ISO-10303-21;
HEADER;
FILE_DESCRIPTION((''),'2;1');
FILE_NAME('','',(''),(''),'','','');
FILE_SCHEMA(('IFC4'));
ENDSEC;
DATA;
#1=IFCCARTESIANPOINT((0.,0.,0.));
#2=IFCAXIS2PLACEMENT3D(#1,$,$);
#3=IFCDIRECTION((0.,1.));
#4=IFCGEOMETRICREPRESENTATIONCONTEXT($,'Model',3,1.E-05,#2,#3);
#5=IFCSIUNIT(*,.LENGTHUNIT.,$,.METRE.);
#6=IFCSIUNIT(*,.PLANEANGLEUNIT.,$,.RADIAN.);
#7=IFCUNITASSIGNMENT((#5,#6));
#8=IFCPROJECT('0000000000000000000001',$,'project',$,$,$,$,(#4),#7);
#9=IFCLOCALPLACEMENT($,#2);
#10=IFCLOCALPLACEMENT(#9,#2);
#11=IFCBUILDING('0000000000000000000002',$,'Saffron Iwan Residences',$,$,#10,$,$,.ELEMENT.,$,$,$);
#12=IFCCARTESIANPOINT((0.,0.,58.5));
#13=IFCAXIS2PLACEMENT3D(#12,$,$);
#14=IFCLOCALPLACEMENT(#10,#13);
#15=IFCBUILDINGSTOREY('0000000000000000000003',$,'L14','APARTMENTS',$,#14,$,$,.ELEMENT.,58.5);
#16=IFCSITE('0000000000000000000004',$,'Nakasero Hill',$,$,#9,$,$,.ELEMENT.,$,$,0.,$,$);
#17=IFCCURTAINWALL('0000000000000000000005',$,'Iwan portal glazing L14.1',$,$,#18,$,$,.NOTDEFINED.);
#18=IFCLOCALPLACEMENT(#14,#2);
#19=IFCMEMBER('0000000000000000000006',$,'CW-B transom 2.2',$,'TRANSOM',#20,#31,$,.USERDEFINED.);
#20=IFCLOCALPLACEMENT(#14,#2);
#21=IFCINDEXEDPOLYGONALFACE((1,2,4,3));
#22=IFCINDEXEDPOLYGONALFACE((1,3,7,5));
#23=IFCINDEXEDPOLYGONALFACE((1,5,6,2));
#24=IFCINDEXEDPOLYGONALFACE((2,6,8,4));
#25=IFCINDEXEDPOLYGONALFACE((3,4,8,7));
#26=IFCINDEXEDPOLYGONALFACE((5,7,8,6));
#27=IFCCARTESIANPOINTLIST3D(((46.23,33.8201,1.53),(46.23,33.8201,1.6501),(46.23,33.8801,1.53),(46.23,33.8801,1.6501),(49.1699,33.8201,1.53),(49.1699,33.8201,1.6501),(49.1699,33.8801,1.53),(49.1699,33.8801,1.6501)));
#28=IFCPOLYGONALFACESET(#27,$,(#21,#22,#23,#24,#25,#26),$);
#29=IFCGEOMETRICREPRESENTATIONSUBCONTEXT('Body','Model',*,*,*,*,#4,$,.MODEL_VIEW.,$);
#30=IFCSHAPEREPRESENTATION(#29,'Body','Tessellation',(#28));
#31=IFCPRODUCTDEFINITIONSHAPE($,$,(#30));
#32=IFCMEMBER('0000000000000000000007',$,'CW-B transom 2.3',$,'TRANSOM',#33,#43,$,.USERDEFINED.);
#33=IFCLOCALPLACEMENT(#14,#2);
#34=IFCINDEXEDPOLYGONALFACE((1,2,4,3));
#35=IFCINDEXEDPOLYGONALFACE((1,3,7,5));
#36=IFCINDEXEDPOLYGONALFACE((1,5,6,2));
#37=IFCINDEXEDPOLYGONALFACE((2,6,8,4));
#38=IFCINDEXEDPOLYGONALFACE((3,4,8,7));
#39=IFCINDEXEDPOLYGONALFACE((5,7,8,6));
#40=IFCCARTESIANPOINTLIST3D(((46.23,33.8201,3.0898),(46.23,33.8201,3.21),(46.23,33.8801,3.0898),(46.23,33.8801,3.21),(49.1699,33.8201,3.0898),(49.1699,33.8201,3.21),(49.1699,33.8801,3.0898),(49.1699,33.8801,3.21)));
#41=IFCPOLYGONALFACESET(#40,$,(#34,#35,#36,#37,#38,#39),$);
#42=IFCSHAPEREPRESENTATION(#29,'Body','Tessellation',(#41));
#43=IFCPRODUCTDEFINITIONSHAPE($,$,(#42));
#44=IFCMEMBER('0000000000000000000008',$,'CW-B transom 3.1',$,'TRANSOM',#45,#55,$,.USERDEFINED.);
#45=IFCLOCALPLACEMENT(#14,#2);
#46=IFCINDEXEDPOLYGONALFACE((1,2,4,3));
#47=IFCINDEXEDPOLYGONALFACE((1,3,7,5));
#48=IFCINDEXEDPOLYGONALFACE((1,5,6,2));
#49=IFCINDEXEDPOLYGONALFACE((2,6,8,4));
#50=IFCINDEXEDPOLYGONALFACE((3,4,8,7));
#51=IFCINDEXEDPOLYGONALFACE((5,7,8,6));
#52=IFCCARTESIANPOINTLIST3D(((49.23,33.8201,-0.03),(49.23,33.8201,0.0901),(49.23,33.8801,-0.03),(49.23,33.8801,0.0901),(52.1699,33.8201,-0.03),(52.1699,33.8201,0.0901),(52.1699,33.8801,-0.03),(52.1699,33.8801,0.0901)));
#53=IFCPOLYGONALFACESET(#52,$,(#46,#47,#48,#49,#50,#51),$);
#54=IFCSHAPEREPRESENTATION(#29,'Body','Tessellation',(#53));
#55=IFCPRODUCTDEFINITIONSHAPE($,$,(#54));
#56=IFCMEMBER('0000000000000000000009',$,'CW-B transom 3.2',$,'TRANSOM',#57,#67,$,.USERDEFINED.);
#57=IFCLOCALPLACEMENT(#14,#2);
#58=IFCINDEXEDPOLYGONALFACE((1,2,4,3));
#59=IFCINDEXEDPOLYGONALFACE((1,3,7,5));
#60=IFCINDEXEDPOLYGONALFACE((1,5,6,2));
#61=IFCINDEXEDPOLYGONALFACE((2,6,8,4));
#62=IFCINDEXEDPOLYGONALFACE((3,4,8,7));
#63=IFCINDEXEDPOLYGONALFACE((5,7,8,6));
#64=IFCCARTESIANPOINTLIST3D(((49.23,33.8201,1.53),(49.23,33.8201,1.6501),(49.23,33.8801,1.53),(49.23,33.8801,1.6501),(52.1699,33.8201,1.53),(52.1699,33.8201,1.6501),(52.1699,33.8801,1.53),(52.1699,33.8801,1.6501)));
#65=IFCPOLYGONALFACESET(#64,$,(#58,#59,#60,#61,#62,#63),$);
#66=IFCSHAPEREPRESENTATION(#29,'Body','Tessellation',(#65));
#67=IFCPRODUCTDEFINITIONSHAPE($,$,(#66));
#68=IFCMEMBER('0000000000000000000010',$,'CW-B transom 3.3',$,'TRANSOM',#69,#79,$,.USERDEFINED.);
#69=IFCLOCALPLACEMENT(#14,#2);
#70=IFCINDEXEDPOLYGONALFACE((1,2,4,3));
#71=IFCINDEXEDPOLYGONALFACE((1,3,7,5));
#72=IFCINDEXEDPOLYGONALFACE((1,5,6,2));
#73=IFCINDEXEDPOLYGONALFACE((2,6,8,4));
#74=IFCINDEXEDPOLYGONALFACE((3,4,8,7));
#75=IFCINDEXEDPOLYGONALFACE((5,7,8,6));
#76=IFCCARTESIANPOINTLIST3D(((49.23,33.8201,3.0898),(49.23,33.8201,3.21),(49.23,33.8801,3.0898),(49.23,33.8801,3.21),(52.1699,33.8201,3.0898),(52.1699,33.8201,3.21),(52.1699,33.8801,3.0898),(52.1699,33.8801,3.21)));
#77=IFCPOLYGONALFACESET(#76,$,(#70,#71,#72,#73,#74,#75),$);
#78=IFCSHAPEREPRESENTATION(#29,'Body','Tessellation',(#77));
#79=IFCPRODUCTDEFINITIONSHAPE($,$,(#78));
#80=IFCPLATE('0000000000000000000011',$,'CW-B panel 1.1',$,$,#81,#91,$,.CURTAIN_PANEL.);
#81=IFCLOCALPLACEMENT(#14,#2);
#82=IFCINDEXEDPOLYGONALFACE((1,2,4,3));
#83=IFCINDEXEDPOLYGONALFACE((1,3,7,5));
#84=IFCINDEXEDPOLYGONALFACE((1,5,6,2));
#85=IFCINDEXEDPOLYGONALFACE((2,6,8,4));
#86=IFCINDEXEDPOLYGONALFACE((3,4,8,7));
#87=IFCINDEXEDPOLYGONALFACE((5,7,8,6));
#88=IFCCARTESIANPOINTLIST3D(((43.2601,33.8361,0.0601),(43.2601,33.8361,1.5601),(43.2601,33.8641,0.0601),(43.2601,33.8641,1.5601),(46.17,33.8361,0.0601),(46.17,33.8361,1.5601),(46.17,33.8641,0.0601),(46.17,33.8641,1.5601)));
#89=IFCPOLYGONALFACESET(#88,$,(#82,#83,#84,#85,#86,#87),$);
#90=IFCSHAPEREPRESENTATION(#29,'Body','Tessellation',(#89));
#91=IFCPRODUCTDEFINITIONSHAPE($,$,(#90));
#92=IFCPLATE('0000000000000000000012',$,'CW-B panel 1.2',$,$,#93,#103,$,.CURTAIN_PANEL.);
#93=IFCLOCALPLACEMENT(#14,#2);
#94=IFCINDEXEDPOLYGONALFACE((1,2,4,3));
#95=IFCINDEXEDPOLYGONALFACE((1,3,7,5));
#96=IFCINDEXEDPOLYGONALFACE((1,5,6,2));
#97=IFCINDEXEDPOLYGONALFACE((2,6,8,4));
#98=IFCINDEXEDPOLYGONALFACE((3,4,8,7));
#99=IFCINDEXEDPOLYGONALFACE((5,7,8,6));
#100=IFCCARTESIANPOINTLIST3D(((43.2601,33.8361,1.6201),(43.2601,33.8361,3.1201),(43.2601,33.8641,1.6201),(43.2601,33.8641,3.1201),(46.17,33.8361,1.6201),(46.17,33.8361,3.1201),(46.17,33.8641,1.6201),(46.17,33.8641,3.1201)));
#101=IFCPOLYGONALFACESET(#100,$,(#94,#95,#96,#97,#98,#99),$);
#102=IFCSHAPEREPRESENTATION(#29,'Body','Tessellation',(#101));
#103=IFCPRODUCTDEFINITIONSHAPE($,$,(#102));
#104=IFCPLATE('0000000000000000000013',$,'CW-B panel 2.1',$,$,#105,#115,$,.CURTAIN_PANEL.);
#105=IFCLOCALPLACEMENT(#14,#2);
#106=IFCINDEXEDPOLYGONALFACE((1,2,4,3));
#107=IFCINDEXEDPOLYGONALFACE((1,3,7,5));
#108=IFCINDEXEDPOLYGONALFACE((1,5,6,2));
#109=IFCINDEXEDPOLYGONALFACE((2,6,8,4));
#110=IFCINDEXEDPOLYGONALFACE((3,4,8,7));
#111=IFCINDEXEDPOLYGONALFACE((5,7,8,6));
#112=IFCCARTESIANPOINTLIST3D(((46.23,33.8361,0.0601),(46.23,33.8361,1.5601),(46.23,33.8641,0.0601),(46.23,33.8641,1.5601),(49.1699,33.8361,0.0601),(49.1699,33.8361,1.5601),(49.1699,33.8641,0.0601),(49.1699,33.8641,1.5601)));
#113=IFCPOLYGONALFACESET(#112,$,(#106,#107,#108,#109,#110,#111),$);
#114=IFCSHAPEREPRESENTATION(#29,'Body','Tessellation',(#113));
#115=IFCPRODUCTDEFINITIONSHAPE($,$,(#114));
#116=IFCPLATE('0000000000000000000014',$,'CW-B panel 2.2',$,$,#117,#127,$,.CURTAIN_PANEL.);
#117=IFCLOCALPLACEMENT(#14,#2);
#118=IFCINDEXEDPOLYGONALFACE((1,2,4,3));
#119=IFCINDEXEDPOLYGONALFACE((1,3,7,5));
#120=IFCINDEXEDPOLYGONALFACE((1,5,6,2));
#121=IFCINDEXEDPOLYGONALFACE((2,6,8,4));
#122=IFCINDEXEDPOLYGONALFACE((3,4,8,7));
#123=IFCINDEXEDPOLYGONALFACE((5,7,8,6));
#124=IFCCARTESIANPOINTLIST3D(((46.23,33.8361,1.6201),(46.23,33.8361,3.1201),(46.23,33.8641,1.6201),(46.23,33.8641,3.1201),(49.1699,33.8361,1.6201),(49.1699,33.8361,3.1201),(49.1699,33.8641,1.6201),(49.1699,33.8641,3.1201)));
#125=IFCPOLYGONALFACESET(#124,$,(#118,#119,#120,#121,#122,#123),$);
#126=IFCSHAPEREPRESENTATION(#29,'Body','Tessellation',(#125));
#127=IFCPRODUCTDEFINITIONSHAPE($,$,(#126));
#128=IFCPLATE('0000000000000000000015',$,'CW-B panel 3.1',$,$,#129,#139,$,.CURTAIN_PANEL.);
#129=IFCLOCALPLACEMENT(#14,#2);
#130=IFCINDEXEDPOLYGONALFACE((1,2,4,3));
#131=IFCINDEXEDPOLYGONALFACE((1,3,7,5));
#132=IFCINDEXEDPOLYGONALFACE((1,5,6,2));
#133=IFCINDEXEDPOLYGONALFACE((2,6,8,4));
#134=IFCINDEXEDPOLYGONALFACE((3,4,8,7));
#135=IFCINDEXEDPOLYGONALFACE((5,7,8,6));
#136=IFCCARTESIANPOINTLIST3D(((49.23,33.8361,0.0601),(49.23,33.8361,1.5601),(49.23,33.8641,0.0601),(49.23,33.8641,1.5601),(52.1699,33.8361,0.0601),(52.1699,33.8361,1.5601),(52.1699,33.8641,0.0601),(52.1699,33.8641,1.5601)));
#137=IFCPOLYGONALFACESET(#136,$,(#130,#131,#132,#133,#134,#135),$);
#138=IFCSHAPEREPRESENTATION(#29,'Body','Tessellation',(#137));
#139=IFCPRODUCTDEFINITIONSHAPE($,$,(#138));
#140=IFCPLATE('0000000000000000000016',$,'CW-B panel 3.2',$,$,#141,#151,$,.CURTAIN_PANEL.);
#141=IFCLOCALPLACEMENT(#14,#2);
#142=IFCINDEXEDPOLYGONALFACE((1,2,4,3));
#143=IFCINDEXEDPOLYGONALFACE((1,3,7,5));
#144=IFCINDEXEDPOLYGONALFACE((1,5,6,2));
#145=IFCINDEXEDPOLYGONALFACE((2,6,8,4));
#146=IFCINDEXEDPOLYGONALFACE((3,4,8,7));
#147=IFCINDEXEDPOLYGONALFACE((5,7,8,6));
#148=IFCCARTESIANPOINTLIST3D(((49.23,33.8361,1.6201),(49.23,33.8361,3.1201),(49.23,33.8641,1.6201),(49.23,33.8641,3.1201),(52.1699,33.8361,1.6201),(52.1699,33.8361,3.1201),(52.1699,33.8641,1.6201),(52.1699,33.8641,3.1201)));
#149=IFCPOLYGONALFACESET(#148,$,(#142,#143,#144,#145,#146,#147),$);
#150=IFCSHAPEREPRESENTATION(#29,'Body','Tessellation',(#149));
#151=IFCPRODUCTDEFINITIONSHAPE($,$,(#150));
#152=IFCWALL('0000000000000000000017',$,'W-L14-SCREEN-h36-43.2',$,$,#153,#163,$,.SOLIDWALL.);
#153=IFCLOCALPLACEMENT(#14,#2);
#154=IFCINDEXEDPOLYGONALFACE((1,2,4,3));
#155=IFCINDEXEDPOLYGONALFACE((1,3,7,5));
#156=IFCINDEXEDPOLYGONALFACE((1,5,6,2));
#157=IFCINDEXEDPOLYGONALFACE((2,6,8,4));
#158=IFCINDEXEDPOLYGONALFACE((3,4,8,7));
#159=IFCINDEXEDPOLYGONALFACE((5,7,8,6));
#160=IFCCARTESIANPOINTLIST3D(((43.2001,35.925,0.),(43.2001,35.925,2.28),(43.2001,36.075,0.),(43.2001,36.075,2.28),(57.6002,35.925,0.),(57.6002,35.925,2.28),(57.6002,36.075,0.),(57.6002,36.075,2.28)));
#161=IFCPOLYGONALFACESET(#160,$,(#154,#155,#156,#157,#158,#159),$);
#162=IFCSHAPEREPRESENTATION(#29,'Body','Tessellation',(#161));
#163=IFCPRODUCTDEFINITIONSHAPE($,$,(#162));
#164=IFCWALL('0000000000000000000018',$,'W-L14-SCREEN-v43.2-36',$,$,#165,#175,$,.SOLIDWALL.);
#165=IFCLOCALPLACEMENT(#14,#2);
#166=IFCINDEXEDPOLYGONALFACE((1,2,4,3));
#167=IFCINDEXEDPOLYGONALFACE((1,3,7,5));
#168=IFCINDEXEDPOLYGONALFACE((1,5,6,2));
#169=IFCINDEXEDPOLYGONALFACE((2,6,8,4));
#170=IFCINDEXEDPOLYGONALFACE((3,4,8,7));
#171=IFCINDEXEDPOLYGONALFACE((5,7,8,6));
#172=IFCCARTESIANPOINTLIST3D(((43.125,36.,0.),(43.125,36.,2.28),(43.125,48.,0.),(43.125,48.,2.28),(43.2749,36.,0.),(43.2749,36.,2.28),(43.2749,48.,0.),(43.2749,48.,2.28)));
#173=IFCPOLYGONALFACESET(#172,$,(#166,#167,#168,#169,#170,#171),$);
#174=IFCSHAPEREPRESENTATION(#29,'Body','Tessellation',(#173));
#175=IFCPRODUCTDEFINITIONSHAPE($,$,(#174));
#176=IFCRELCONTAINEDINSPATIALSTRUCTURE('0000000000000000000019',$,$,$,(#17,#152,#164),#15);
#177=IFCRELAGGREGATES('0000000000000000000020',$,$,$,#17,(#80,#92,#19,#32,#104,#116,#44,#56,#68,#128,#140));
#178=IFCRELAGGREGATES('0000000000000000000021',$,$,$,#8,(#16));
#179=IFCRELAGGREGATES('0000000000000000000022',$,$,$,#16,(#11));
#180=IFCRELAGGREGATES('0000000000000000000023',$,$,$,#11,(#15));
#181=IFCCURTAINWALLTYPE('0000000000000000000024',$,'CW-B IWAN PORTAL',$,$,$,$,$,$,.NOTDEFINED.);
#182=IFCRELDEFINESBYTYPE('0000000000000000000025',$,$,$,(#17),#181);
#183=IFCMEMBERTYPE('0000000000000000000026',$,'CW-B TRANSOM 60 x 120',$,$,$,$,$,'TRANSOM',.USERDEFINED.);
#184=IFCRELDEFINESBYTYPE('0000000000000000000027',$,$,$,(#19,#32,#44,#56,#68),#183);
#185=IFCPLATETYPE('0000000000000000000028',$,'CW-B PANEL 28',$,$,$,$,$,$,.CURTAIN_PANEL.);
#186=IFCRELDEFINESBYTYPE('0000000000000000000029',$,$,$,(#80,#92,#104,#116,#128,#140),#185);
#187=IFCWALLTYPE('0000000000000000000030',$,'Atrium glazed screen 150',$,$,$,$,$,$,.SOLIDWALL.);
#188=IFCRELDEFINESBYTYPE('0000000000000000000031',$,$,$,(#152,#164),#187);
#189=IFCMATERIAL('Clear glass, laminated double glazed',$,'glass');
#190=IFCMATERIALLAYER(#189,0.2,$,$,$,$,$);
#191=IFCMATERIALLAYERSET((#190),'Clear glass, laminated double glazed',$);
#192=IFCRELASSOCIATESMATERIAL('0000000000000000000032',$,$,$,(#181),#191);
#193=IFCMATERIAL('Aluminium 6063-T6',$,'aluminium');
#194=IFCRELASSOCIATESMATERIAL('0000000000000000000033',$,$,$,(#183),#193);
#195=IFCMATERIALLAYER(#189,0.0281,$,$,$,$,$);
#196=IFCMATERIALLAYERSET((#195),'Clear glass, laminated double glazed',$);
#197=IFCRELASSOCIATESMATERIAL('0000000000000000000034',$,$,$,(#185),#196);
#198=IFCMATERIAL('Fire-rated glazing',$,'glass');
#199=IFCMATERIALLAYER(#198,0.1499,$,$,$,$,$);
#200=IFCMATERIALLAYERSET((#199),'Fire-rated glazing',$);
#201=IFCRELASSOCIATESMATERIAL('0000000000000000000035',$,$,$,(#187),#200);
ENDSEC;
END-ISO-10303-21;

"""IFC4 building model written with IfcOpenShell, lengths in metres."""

from ifc_helpers import new_model, si_unit, direction, frame, frame_2d, origin, origin_2d, place, context, subcontext, project, spatial, rectangle, extrude, source, transform, mapped, material, layer, layer_set, material_profile, profile_set, type_object, element, aggregate, save


model = new_model("IFC4")

# Units and contexts
model_context = context("Model", 3, precision=1e-05, world=origin(), true_north=direction((0.0, 1.0)))
body_context = subcontext(model_context, "Body", "Model", "MODEL_VIEW")
ifc_project = project(units=[si_unit("LENGTHUNIT", "METRE"), si_unit("PLANEANGLEUNIT", "RADIAN")], contexts=[model_context])

# Site, building, storey
site_placement = place(None, origin())
site = spatial("IfcSite", under=ifc_project, at=site_placement, Name="Nakasero Hill", CompositionType="ELEMENT", RefElevation=0.0)
building_placement = place(site_placement, origin())
building = spatial("IfcBuilding", under=site, at=building_placement, Name="Saffron Iwan Residences", CompositionType="ELEMENT")
storey_placement = place(building_placement, frame((0.0, 0.0, 58.5)))
storey = spatial("IfcBuildingStorey", under=building, at=storey_placement, Name="L14", Description="APARTMENTS", CompositionType="ELEMENT", Elevation=58.5)

# Curtain wall, members, plates
ifc_material_1 = material(Name="Clear glass, laminated double glazed", Category="glass")
ifc_layer_1 = layer(ifc_material_1, 0.2)
ifc_layer_set_1 = layer_set([ifc_layer_1], Name="Clear glass, laminated double glazed")
curtain_wall_type = type_object("IfcCurtainWallType", Name="CW-B IWAN PORTAL", PredefinedType="NOTDEFINED", material=ifc_layer_set_1)
curtain_wall_placement = place(storey_placement, origin())
curtain_wall = element("IfcCurtainWall", 1, at=curtain_wall_placement, inside=storey, type_object=curtain_wall_type, Name="Iwan portal glazing L14.1", PredefinedType="NOTDEFINED")
ifc_material_2 = material(Name="Aluminium 6063-T6", Category="aluminium")
ifc_material_profile_1 = material_profile(ifc_material_2, rectangle(XDim=0.0601, YDim=0.1201, at=origin_2d()), Name="CW-B TRANSOM 60 x 120")
ifc_profile_set_1 = profile_set([ifc_material_profile_1], Name="Aluminium 6063-T6")
member_type_1 = type_object("IfcMemberType", Name="CW-B TRANSOM 60 x 120", ElementType="TRANSOM", PredefinedType="USERDEFINED", material=ifc_profile_set_1)
shared_shape_1 = source(origin(), body_context, "Body", "SweptSolid", [
    extrude(rectangle(XDim=0.0601, YDim=0.1201, at=origin_2d()), origin(), (0.0, 0.0, 1.0), 2.9399),
])
member_1_placement = place(storey_placement, frame((46.23, 33.8501, 1.5901), z_axis=(1.0, 0.0, 0.0), x_axis=(0.0, 1.0, 0.0)))
member_1 = element("IfcMember", 2, at=member_1_placement, type_object=member_type_1, Name="CW-B transom 2.2", ObjectType="TRANSOM", PredefinedType="USERDEFINED", context=body_context, shape_type="MappedRepresentation", body=[
    mapped(shared_shape_1, transform((0.0, 0.0, 0.0))),
])
member_2_placement = place(storey_placement, frame((46.23, 33.8501, 3.1499), z_axis=(1.0, 0.0, 0.0), x_axis=(0.0, 1.0, 0.0)))
member_2 = element("IfcMember", 3, at=member_2_placement, type_object=member_type_1, Name="CW-B transom 2.3", ObjectType="TRANSOM", PredefinedType="USERDEFINED", context=body_context, shape_type="MappedRepresentation", body=[
    mapped(shared_shape_1, transform((0.0, 0.0, 0.0))),
])
member_3_placement = place(storey_placement, frame((49.23, 33.8501, 0.03), z_axis=(1.0, 0.0, 0.0), x_axis=(0.0, 1.0, 0.0)))
member_3 = element("IfcMember", 4, at=member_3_placement, type_object=member_type_1, Name="CW-B transom 3.1", ObjectType="TRANSOM", PredefinedType="USERDEFINED", context=body_context, shape_type="MappedRepresentation", body=[
    mapped(shared_shape_1, transform((0.0, 0.0, 0.0))),
])
member_4_placement = place(storey_placement, frame((49.23, 33.8501, 1.5901), z_axis=(1.0, 0.0, 0.0), x_axis=(0.0, 1.0, 0.0)))
member_4 = element("IfcMember", 5, at=member_4_placement, type_object=member_type_1, Name="CW-B transom 3.2", ObjectType="TRANSOM", PredefinedType="USERDEFINED", context=body_context, shape_type="MappedRepresentation", body=[
    mapped(shared_shape_1, transform((0.0, 0.0, 0.0))),
])
member_5_placement = place(storey_placement, frame((49.23, 33.8501, 3.1499), z_axis=(1.0, 0.0, 0.0), x_axis=(0.0, 1.0, 0.0)))
member_5 = element("IfcMember", 6, at=member_5_placement, type_object=member_type_1, Name="CW-B transom 3.3", ObjectType="TRANSOM", PredefinedType="USERDEFINED", context=body_context, shape_type="MappedRepresentation", body=[
    mapped(shared_shape_1, transform((0.0, 0.0, 0.0))),
])
ifc_layer_2 = layer(ifc_material_1, 0.0281)
ifc_layer_set_2 = layer_set([ifc_layer_2], Name="Clear glass, laminated double glazed")
plate_type = type_object("IfcPlateType", Name="CW-B PANEL 28", PredefinedType="CURTAIN_PANEL", material=ifc_layer_set_2)
shared_shape_2 = source(origin(), body_context, "Body", "SweptSolid", [
    extrude(rectangle(XDim=2.9099, YDim=0.0281, at=origin_2d()), origin(), (0.0, 0.0, 1.0), 1.5),
])
plate_1_placement = place(storey_placement, frame((44.7151, 33.8501, 0.0601), z_axis=(0.0, 0.0, 1.0), x_axis=(1.0, 0.0, 0.0)))
plate_1 = element("IfcPlate", 7, at=plate_1_placement, type_object=plate_type, Name="CW-B panel 1.1", PredefinedType="CURTAIN_PANEL", context=body_context, shape_type="MappedRepresentation", body=[
    mapped(shared_shape_2, transform((0.0, 0.0, 0.0))),
])
plate_2_placement = place(storey_placement, frame((44.7151, 33.8501, 1.6201), z_axis=(0.0, 0.0, 1.0), x_axis=(1.0, 0.0, 0.0)))
plate_2 = element("IfcPlate", 8, at=plate_2_placement, type_object=plate_type, Name="CW-B panel 1.2", PredefinedType="CURTAIN_PANEL", context=body_context, shape_type="MappedRepresentation", body=[
    mapped(shared_shape_2, transform((0.0, 0.0, 0.0))),
])
shared_shape_3 = source(origin(), body_context, "Body", "SweptSolid", [
    extrude(rectangle(XDim=2.9399, YDim=0.0281, at=origin_2d()), origin(), (0.0, 0.0, 1.0), 1.5),
])
plate_3_placement = place(storey_placement, frame((47.7, 33.8501, 0.0601), z_axis=(0.0, 0.0, 1.0), x_axis=(1.0, 0.0, 0.0)))
plate_3 = element("IfcPlate", 9, at=plate_3_placement, type_object=plate_type, Name="CW-B panel 2.1", PredefinedType="CURTAIN_PANEL", context=body_context, shape_type="MappedRepresentation", body=[
    mapped(shared_shape_3, transform((0.0, 0.0, 0.0))),
])
plate_4_placement = place(storey_placement, frame((47.7, 33.8501, 1.6201), z_axis=(0.0, 0.0, 1.0), x_axis=(1.0, 0.0, 0.0)))
plate_4 = element("IfcPlate", 10, at=plate_4_placement, type_object=plate_type, Name="CW-B panel 2.2", PredefinedType="CURTAIN_PANEL", context=body_context, shape_type="MappedRepresentation", body=[
    mapped(shared_shape_3, transform((0.0, 0.0, 0.0))),
])
plate_5_placement = place(storey_placement, frame((50.7, 33.8501, 0.0601), z_axis=(0.0, 0.0, 1.0), x_axis=(1.0, 0.0, 0.0)))
plate_5 = element("IfcPlate", 11, at=plate_5_placement, type_object=plate_type, Name="CW-B panel 3.1", PredefinedType="CURTAIN_PANEL", context=body_context, shape_type="MappedRepresentation", body=[
    mapped(shared_shape_3, transform((0.0, 0.0, 0.0))),
])
plate_6_placement = place(storey_placement, frame((50.7, 33.8501, 1.6201), z_axis=(0.0, 0.0, 1.0), x_axis=(1.0, 0.0, 0.0)))
plate_6 = element("IfcPlate", 12, at=plate_6_placement, type_object=plate_type, Name="CW-B panel 3.2", PredefinedType="CURTAIN_PANEL", context=body_context, shape_type="MappedRepresentation", body=[
    mapped(shared_shape_3, transform((0.0, 0.0, 0.0))),
])
aggregate(curtain_wall, [plate_1, plate_2, member_1, member_2, plate_3, plate_4, member_3, member_4, member_5, plate_5, plate_6])

# Walls
ifc_material_3 = material(Name="Fire-rated glazing", Category="glass")
ifc_layer_3 = layer(ifc_material_3, 0.1499)
ifc_layer_set_3 = layer_set([ifc_layer_3], Name="Fire-rated glazing")
wall_type = type_object("IfcWallType", Name="Atrium glazed screen 150", PredefinedType="SOLIDWALL", material=ifc_layer_set_3)
wall_1_placement = place(storey_placement, frame((43.2, 36.0, 0.0), z_axis=(0.0, 0.0, 1.0), x_axis=(1.0, 0.0, 0.0)))
element("IfcWall", 13, at=wall_1_placement, inside=storey, type_object=wall_type, Name="W-L14-SCREEN-h36-43.2", PredefinedType="SOLIDWALL", context=body_context, shape_type="SweptSolid", body=[
    extrude(rectangle(XDim=14.4001, YDim=0.1499, at=frame_2d((7.2002, 0.0))), origin(), (0.0, 0.0, 1.0), 2.28),
])
wall_2_placement = place(storey_placement, frame((43.2, 36.0, 0.0), z_axis=(0.0, 0.0, 1.0), x_axis=(0.0, 1.0, 0.0)))
element("IfcWall", 14, at=wall_2_placement, inside=storey, type_object=wall_type, Name="W-L14-SCREEN-v43.2-36", PredefinedType="SOLIDWALL", context=body_context, shape_type="SweptSolid", body=[
    extrude(rectangle(XDim=12.0, YDim=0.1499, at=frame_2d((6.0, 0.0))), origin(), (0.0, 0.0, 1.0), 2.28),
])

save(model, "model.ifc")
